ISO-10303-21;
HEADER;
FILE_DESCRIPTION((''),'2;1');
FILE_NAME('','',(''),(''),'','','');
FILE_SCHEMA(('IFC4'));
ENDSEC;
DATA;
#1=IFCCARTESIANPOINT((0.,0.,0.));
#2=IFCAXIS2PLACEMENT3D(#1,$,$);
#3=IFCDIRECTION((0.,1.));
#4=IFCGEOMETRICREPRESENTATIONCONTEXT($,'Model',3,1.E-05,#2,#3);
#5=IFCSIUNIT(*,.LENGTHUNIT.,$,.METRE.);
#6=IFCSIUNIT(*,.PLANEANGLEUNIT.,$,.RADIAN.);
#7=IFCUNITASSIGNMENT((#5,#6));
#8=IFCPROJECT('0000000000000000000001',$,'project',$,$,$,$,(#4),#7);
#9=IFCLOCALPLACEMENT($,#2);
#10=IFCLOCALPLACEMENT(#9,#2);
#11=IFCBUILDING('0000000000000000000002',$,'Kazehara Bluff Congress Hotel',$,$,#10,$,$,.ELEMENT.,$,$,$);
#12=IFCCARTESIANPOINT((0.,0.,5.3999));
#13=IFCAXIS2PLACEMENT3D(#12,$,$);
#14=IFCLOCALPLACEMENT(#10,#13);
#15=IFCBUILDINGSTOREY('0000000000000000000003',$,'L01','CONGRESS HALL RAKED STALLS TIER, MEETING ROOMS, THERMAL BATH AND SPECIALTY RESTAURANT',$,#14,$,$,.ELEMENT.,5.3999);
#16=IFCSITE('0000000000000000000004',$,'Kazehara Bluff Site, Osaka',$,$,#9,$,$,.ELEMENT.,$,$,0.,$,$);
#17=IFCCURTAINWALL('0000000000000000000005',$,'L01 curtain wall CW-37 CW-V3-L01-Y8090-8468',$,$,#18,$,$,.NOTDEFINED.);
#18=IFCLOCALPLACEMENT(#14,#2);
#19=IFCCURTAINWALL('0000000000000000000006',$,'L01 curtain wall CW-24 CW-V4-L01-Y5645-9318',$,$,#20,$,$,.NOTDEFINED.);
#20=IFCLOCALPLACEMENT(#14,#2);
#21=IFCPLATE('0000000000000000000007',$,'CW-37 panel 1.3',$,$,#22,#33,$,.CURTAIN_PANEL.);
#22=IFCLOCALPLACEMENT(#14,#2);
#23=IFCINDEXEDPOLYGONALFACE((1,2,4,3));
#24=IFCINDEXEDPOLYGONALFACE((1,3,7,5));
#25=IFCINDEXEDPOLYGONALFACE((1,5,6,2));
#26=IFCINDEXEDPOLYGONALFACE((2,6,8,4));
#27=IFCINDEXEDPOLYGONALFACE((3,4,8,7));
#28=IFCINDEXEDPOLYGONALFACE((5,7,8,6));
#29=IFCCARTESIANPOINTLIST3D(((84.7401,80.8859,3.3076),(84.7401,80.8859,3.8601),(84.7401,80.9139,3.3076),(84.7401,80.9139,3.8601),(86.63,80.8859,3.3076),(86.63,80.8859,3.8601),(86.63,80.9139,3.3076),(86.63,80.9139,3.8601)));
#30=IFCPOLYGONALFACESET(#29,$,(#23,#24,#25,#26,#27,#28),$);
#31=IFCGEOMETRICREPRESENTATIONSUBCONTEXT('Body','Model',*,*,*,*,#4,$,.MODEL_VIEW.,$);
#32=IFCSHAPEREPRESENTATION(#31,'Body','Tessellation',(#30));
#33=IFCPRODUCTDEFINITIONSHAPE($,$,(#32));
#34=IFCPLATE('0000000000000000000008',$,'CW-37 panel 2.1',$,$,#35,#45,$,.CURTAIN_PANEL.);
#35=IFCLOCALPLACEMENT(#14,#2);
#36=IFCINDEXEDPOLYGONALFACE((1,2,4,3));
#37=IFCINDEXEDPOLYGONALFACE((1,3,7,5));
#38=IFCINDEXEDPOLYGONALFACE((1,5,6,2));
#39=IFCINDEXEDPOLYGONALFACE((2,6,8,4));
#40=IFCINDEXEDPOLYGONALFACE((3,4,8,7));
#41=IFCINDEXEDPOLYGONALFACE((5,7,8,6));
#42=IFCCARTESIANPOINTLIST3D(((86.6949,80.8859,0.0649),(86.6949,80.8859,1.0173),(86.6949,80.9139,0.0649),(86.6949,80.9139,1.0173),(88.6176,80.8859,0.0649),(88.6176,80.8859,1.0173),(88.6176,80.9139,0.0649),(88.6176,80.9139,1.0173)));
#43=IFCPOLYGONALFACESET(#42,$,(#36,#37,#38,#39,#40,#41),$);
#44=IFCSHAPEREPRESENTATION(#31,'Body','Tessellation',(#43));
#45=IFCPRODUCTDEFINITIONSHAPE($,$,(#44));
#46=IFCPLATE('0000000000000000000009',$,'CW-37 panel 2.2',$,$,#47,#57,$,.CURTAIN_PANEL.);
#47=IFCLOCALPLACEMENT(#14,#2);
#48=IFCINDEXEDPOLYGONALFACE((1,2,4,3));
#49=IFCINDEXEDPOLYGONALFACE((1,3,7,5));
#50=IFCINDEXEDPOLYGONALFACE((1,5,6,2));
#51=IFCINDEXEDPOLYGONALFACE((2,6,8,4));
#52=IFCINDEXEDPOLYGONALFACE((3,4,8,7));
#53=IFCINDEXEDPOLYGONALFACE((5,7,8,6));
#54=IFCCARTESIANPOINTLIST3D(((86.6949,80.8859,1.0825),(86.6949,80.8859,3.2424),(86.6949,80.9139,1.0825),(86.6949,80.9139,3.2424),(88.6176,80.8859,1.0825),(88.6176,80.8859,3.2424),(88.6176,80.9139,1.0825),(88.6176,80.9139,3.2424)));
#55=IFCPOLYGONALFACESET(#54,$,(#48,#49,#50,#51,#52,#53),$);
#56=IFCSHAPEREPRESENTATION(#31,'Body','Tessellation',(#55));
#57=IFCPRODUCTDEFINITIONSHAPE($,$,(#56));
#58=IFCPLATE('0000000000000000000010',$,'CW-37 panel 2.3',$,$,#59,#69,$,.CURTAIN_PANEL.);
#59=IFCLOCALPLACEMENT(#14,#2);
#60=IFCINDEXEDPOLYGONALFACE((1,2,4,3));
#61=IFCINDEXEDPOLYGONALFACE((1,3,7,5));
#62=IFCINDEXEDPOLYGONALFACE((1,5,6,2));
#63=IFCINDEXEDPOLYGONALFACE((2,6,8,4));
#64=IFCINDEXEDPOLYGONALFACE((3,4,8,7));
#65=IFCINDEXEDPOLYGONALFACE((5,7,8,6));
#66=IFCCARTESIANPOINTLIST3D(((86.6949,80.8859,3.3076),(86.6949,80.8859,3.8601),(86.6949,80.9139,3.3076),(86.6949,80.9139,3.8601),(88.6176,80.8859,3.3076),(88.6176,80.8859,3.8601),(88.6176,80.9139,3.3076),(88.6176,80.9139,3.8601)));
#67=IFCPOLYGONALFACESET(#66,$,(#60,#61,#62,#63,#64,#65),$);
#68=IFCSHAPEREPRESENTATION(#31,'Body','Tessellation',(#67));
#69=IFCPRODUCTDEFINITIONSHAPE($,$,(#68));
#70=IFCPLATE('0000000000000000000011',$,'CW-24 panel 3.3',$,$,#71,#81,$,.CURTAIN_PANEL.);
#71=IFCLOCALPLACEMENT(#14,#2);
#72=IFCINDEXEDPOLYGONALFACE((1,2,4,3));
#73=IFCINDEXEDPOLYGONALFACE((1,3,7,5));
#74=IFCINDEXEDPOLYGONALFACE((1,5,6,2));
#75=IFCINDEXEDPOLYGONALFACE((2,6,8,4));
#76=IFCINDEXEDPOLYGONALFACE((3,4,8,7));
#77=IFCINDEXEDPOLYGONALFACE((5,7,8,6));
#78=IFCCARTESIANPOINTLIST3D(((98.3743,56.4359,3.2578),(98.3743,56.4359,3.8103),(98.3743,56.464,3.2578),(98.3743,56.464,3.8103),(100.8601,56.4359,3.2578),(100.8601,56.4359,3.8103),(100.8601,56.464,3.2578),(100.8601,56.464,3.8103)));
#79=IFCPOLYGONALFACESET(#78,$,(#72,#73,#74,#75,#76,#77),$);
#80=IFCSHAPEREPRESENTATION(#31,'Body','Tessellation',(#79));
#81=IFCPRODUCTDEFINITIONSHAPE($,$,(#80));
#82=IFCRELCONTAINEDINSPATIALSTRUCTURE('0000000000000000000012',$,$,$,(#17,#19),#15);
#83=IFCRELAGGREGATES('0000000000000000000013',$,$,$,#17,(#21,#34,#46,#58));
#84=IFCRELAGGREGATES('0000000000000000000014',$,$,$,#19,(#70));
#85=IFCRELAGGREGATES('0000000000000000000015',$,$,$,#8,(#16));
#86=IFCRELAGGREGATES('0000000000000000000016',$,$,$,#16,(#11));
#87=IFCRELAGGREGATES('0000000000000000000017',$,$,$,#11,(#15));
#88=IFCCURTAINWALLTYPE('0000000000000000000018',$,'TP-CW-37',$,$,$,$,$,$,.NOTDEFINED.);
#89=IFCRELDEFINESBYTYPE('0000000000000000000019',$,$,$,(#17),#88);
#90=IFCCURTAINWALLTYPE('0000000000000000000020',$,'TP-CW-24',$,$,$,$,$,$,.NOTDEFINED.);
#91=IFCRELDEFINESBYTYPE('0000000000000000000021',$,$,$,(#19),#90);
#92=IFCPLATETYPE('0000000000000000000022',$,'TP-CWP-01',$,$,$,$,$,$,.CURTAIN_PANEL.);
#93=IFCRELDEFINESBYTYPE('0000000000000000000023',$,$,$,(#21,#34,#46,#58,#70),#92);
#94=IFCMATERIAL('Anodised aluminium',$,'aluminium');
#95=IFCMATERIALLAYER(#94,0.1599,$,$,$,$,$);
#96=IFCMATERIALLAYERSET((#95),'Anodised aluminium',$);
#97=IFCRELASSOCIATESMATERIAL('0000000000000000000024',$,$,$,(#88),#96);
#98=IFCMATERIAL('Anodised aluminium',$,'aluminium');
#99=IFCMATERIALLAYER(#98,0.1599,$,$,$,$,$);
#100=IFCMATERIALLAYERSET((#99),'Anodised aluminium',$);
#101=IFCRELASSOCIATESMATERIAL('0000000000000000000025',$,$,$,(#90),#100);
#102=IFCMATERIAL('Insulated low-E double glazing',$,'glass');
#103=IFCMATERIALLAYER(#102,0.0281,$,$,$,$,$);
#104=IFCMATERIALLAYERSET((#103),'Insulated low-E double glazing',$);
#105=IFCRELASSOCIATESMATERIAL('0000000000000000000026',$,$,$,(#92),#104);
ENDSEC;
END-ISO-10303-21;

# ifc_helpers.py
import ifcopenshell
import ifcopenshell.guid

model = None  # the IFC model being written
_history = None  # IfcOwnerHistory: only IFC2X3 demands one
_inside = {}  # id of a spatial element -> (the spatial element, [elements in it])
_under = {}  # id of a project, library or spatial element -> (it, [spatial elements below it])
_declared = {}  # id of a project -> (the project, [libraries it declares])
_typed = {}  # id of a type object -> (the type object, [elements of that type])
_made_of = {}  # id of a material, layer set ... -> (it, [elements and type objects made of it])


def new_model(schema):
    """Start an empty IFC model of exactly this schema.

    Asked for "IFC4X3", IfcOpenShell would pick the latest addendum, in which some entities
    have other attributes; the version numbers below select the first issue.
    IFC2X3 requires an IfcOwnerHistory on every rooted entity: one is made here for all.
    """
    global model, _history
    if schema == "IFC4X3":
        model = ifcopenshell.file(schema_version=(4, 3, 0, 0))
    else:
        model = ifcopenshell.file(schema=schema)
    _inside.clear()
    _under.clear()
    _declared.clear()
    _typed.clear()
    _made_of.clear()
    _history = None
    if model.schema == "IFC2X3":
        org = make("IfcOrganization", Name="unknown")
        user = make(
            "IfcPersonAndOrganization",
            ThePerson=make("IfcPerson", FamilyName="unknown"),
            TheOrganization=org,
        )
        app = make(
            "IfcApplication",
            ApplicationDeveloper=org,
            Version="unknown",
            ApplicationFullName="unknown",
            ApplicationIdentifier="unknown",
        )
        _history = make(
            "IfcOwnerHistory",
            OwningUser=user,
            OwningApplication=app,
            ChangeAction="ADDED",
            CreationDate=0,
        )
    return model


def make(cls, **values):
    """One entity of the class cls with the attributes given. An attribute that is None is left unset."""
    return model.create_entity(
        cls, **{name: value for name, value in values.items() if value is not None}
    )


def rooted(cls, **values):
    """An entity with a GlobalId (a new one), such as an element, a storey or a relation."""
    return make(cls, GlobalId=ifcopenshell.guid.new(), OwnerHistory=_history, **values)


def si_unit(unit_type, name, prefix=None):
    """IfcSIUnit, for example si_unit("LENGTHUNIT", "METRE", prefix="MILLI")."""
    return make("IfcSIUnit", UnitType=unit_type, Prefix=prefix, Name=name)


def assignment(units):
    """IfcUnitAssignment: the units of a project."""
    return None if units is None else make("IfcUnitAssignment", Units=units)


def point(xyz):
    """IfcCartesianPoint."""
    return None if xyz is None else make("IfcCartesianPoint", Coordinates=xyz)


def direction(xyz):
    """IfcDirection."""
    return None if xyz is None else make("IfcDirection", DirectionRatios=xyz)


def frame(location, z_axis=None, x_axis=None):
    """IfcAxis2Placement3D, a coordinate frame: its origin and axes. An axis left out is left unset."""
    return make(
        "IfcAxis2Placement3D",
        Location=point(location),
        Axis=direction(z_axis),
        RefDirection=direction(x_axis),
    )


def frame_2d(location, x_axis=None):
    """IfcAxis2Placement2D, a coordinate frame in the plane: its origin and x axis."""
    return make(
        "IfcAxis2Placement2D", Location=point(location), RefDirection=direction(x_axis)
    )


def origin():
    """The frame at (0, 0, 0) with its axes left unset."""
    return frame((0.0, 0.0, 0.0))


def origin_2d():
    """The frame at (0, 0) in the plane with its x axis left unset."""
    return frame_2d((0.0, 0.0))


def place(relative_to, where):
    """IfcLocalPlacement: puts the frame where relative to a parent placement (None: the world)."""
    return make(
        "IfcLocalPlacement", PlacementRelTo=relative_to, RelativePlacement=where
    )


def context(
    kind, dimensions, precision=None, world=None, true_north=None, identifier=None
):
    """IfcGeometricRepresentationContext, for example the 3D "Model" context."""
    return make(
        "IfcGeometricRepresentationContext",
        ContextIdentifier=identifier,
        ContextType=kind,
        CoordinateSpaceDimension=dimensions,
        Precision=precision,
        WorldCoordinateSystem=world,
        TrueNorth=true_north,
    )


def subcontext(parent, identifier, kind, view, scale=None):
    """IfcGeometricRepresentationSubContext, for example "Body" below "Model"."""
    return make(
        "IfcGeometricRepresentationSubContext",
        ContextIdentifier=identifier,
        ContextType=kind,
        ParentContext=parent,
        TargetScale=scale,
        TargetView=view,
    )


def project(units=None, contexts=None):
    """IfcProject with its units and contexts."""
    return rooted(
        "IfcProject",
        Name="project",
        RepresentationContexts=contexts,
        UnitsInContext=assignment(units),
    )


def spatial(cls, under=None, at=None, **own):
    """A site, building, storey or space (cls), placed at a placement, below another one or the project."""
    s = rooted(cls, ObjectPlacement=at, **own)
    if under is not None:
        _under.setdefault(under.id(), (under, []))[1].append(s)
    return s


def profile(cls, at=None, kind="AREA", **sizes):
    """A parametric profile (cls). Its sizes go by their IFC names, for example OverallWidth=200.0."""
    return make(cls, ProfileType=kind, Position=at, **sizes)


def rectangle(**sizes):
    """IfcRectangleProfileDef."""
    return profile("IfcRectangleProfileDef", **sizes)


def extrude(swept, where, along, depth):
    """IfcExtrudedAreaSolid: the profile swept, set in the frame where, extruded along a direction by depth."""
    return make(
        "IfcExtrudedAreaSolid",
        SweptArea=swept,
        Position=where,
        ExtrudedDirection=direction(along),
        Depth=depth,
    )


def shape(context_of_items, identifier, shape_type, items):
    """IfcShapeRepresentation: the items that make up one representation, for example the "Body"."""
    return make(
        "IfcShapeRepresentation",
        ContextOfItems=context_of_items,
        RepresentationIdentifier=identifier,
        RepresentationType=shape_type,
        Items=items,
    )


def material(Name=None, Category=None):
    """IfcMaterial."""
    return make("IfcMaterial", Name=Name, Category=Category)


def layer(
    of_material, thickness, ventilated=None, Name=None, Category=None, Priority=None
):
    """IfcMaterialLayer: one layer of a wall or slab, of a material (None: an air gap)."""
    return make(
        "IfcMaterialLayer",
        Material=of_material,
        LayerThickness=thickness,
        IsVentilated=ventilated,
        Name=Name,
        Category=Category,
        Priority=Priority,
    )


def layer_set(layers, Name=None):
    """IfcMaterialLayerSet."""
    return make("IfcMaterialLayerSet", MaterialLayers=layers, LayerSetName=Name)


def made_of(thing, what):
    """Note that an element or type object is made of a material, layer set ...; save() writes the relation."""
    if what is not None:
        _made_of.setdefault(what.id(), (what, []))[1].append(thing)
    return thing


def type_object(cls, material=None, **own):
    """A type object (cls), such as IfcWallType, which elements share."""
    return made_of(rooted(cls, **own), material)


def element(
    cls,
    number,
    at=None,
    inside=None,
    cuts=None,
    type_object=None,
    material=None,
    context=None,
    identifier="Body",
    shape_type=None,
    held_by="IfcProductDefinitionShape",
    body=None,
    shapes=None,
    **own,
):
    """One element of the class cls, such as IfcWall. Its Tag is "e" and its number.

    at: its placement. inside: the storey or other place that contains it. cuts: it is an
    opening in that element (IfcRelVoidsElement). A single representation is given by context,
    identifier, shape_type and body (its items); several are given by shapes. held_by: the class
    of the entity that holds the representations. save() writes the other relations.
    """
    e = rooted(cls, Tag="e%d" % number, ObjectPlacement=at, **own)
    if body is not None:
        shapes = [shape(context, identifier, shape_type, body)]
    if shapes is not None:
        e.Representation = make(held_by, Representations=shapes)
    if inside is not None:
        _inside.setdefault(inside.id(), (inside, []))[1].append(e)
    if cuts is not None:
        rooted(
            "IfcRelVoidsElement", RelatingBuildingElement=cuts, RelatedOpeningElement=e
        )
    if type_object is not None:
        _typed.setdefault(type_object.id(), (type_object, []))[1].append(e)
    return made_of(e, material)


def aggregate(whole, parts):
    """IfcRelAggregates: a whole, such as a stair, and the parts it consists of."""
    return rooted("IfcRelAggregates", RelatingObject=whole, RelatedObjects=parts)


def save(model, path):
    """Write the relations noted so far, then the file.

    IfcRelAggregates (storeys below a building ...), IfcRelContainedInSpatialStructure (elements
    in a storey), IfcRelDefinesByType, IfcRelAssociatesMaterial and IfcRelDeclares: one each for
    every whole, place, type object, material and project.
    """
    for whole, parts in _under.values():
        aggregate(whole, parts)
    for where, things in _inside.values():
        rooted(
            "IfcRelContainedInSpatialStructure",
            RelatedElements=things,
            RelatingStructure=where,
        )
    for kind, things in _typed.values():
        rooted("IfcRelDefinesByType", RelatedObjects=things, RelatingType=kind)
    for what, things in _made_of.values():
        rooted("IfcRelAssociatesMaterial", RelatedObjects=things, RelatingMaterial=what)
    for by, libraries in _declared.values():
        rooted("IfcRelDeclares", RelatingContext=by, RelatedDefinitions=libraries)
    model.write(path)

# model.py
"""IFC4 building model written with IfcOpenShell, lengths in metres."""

from ifc_helpers import new_model, si_unit, direction, frame, origin, origin_2d, place, context, subcontext, project, spatial, rectangle, extrude, material, layer, layer_set, type_object, element, aggregate, save


model = new_model("IFC4")

# Units and contexts
model_context = context("Model", 3, precision=1e-05, world=origin(), true_north=direction((0.0, 1.0)))
body_context = subcontext(model_context, "Body", "Model", "MODEL_VIEW")
ifc_project = project(units=[si_unit("LENGTHUNIT", "METRE"), si_unit("PLANEANGLEUNIT", "RADIAN")], contexts=[model_context])

# Site, building, storey
site_placement = place(None, origin())
site = spatial("IfcSite", under=ifc_project, at=site_placement, Name="Kazehara Bluff Site, Osaka", CompositionType="ELEMENT", RefElevation=0.0)
building_placement = place(site_placement, origin())
building = spatial("IfcBuilding", under=site, at=building_placement, Name="Kazehara Bluff Congress Hotel", CompositionType="ELEMENT")
storey_placement = place(building_placement, frame((0.0, 0.0, 5.3999)))
storey = spatial("IfcBuildingStorey", under=building, at=storey_placement, Name="L01", Description="CONGRESS HALL RAKED STALLS TIER, MEETING ROOMS, THERMAL BATH AND SPECIALTY RESTAURANT", CompositionType="ELEMENT", Elevation=5.3999)

# Curtain wall
ifc_material_1 = material(Name="Anodised aluminium", Category="aluminium")
ifc_layer_1 = layer(ifc_material_1, 0.1599)
ifc_layer_set_1 = layer_set([ifc_layer_1], Name="Anodised aluminium")
curtain_wall_type_1 = type_object("IfcCurtainWallType", Name="TP-CW-37", PredefinedType="NOTDEFINED", material=ifc_layer_set_1)
curtain_wall_1_placement = place(storey_placement, origin())
curtain_wall_1 = element("IfcCurtainWall", 1, at=curtain_wall_1_placement, inside=storey, type_object=curtain_wall_type_1, Name="L01 curtain wall CW-37 CW-V3-L01-Y8090-8468", PredefinedType="NOTDEFINED")

# Curtain wall
ifc_material_2 = material(Name="Anodised aluminium", Category="aluminium")
ifc_layer_2 = layer(ifc_material_2, 0.1599)
ifc_layer_set_2 = layer_set([ifc_layer_2], Name="Anodised aluminium")
curtain_wall_type_2 = type_object("IfcCurtainWallType", Name="TP-CW-24", PredefinedType="NOTDEFINED", material=ifc_layer_set_2)
curtain_wall_2_placement = place(storey_placement, origin())
curtain_wall_2 = element("IfcCurtainWall", 2, at=curtain_wall_2_placement, inside=storey, type_object=curtain_wall_type_2, Name="L01 curtain wall CW-24 CW-V4-L01-Y5645-9318", PredefinedType="NOTDEFINED")

# Plates
ifc_material_3 = material(Name="Insulated low-E double glazing", Category="glass")
ifc_layer_3 = layer(ifc_material_3, 0.0281)
ifc_layer_set_3 = layer_set([ifc_layer_3], Name="Insulated low-E double glazing")
plate_type = type_object("IfcPlateType", Name="TP-CWP-01", PredefinedType="CURTAIN_PANEL", material=ifc_layer_set_3)
plate_1_placement = place(storey_placement, frame((85.6851, 80.8999, 3.3076), z_axis=(0.0, 0.0, 1.0), x_axis=(1.0, 0.0, 0.0)))
plate_1 = element("IfcPlate", 3, at=plate_1_placement, type_object=plate_type, Name="CW-37 panel 1.3", PredefinedType="CURTAIN_PANEL", context=body_context, shape_type="SweptSolid", body=[
    extrude(rectangle(XDim=1.8899, YDim=0.0281, at=origin_2d()), origin(), (0.0, 0.0, 1.0), 0.5525),
])
plate_2_placement = place(storey_placement, frame((87.6562, 80.8999, 0.0649), z_axis=(0.0, 0.0, 1.0), x_axis=(1.0, 0.0, 0.0)))
plate_2 = element("IfcPlate", 4, at=plate_2_placement, type_object=plate_type, Name="CW-37 panel 2.1", PredefinedType="CURTAIN_PANEL", context=body_context, shape_type="SweptSolid", body=[
    extrude(rectangle(XDim=1.9226, YDim=0.0281, at=origin_2d()), origin(), (0.0, 0.0, 1.0), 0.9524),
])
plate_3_placement = place(storey_placement, frame((87.6562, 80.8999, 1.0825), z_axis=(0.0, 0.0, 1.0), x_axis=(1.0, 0.0, 0.0)))
plate_3 = element("IfcPlate", 5, at=plate_3_placement, type_object=plate_type, Name="CW-37 panel 2.2", PredefinedType="CURTAIN_PANEL", context=body_context, shape_type="SweptSolid", body=[
    extrude(rectangle(XDim=1.9226, YDim=0.0281, at=origin_2d()), origin(), (0.0, 0.0, 1.0), 2.1599),
])
plate_4_placement = place(storey_placement, frame((87.6562, 80.8999, 3.3076), z_axis=(0.0, 0.0, 1.0), x_axis=(1.0, 0.0, 0.0)))
plate_4 = element("IfcPlate", 6, at=plate_4_placement, type_object=plate_type, Name="CW-37 panel 2.3", PredefinedType="CURTAIN_PANEL", context=body_context, shape_type="SweptSolid", body=[
    extrude(rectangle(XDim=1.9226, YDim=0.0281, at=origin_2d()), origin(), (0.0, 0.0, 1.0), 0.5525),
])
aggregate(curtain_wall_1, [plate_1, plate_2, plate_3, plate_4])
plate_5_placement = place(storey_placement, frame((99.6172, 56.45, 3.2578), z_axis=(0.0, 0.0, 1.0), x_axis=(1.0, 0.0, 0.0)))
plate_5 = element("IfcPlate", 7, at=plate_5_placement, type_object=plate_type, Name="CW-24 panel 3.3", PredefinedType="CURTAIN_PANEL", context=body_context, shape_type="SweptSolid", body=[
    extrude(rectangle(XDim=2.4858, YDim=0.0281, at=origin_2d()), origin(), (0.0, 0.0, 1.0), 0.5525),
])
aggregate(curtain_wall_2, [plate_5])

save(model, "model.ifc")
